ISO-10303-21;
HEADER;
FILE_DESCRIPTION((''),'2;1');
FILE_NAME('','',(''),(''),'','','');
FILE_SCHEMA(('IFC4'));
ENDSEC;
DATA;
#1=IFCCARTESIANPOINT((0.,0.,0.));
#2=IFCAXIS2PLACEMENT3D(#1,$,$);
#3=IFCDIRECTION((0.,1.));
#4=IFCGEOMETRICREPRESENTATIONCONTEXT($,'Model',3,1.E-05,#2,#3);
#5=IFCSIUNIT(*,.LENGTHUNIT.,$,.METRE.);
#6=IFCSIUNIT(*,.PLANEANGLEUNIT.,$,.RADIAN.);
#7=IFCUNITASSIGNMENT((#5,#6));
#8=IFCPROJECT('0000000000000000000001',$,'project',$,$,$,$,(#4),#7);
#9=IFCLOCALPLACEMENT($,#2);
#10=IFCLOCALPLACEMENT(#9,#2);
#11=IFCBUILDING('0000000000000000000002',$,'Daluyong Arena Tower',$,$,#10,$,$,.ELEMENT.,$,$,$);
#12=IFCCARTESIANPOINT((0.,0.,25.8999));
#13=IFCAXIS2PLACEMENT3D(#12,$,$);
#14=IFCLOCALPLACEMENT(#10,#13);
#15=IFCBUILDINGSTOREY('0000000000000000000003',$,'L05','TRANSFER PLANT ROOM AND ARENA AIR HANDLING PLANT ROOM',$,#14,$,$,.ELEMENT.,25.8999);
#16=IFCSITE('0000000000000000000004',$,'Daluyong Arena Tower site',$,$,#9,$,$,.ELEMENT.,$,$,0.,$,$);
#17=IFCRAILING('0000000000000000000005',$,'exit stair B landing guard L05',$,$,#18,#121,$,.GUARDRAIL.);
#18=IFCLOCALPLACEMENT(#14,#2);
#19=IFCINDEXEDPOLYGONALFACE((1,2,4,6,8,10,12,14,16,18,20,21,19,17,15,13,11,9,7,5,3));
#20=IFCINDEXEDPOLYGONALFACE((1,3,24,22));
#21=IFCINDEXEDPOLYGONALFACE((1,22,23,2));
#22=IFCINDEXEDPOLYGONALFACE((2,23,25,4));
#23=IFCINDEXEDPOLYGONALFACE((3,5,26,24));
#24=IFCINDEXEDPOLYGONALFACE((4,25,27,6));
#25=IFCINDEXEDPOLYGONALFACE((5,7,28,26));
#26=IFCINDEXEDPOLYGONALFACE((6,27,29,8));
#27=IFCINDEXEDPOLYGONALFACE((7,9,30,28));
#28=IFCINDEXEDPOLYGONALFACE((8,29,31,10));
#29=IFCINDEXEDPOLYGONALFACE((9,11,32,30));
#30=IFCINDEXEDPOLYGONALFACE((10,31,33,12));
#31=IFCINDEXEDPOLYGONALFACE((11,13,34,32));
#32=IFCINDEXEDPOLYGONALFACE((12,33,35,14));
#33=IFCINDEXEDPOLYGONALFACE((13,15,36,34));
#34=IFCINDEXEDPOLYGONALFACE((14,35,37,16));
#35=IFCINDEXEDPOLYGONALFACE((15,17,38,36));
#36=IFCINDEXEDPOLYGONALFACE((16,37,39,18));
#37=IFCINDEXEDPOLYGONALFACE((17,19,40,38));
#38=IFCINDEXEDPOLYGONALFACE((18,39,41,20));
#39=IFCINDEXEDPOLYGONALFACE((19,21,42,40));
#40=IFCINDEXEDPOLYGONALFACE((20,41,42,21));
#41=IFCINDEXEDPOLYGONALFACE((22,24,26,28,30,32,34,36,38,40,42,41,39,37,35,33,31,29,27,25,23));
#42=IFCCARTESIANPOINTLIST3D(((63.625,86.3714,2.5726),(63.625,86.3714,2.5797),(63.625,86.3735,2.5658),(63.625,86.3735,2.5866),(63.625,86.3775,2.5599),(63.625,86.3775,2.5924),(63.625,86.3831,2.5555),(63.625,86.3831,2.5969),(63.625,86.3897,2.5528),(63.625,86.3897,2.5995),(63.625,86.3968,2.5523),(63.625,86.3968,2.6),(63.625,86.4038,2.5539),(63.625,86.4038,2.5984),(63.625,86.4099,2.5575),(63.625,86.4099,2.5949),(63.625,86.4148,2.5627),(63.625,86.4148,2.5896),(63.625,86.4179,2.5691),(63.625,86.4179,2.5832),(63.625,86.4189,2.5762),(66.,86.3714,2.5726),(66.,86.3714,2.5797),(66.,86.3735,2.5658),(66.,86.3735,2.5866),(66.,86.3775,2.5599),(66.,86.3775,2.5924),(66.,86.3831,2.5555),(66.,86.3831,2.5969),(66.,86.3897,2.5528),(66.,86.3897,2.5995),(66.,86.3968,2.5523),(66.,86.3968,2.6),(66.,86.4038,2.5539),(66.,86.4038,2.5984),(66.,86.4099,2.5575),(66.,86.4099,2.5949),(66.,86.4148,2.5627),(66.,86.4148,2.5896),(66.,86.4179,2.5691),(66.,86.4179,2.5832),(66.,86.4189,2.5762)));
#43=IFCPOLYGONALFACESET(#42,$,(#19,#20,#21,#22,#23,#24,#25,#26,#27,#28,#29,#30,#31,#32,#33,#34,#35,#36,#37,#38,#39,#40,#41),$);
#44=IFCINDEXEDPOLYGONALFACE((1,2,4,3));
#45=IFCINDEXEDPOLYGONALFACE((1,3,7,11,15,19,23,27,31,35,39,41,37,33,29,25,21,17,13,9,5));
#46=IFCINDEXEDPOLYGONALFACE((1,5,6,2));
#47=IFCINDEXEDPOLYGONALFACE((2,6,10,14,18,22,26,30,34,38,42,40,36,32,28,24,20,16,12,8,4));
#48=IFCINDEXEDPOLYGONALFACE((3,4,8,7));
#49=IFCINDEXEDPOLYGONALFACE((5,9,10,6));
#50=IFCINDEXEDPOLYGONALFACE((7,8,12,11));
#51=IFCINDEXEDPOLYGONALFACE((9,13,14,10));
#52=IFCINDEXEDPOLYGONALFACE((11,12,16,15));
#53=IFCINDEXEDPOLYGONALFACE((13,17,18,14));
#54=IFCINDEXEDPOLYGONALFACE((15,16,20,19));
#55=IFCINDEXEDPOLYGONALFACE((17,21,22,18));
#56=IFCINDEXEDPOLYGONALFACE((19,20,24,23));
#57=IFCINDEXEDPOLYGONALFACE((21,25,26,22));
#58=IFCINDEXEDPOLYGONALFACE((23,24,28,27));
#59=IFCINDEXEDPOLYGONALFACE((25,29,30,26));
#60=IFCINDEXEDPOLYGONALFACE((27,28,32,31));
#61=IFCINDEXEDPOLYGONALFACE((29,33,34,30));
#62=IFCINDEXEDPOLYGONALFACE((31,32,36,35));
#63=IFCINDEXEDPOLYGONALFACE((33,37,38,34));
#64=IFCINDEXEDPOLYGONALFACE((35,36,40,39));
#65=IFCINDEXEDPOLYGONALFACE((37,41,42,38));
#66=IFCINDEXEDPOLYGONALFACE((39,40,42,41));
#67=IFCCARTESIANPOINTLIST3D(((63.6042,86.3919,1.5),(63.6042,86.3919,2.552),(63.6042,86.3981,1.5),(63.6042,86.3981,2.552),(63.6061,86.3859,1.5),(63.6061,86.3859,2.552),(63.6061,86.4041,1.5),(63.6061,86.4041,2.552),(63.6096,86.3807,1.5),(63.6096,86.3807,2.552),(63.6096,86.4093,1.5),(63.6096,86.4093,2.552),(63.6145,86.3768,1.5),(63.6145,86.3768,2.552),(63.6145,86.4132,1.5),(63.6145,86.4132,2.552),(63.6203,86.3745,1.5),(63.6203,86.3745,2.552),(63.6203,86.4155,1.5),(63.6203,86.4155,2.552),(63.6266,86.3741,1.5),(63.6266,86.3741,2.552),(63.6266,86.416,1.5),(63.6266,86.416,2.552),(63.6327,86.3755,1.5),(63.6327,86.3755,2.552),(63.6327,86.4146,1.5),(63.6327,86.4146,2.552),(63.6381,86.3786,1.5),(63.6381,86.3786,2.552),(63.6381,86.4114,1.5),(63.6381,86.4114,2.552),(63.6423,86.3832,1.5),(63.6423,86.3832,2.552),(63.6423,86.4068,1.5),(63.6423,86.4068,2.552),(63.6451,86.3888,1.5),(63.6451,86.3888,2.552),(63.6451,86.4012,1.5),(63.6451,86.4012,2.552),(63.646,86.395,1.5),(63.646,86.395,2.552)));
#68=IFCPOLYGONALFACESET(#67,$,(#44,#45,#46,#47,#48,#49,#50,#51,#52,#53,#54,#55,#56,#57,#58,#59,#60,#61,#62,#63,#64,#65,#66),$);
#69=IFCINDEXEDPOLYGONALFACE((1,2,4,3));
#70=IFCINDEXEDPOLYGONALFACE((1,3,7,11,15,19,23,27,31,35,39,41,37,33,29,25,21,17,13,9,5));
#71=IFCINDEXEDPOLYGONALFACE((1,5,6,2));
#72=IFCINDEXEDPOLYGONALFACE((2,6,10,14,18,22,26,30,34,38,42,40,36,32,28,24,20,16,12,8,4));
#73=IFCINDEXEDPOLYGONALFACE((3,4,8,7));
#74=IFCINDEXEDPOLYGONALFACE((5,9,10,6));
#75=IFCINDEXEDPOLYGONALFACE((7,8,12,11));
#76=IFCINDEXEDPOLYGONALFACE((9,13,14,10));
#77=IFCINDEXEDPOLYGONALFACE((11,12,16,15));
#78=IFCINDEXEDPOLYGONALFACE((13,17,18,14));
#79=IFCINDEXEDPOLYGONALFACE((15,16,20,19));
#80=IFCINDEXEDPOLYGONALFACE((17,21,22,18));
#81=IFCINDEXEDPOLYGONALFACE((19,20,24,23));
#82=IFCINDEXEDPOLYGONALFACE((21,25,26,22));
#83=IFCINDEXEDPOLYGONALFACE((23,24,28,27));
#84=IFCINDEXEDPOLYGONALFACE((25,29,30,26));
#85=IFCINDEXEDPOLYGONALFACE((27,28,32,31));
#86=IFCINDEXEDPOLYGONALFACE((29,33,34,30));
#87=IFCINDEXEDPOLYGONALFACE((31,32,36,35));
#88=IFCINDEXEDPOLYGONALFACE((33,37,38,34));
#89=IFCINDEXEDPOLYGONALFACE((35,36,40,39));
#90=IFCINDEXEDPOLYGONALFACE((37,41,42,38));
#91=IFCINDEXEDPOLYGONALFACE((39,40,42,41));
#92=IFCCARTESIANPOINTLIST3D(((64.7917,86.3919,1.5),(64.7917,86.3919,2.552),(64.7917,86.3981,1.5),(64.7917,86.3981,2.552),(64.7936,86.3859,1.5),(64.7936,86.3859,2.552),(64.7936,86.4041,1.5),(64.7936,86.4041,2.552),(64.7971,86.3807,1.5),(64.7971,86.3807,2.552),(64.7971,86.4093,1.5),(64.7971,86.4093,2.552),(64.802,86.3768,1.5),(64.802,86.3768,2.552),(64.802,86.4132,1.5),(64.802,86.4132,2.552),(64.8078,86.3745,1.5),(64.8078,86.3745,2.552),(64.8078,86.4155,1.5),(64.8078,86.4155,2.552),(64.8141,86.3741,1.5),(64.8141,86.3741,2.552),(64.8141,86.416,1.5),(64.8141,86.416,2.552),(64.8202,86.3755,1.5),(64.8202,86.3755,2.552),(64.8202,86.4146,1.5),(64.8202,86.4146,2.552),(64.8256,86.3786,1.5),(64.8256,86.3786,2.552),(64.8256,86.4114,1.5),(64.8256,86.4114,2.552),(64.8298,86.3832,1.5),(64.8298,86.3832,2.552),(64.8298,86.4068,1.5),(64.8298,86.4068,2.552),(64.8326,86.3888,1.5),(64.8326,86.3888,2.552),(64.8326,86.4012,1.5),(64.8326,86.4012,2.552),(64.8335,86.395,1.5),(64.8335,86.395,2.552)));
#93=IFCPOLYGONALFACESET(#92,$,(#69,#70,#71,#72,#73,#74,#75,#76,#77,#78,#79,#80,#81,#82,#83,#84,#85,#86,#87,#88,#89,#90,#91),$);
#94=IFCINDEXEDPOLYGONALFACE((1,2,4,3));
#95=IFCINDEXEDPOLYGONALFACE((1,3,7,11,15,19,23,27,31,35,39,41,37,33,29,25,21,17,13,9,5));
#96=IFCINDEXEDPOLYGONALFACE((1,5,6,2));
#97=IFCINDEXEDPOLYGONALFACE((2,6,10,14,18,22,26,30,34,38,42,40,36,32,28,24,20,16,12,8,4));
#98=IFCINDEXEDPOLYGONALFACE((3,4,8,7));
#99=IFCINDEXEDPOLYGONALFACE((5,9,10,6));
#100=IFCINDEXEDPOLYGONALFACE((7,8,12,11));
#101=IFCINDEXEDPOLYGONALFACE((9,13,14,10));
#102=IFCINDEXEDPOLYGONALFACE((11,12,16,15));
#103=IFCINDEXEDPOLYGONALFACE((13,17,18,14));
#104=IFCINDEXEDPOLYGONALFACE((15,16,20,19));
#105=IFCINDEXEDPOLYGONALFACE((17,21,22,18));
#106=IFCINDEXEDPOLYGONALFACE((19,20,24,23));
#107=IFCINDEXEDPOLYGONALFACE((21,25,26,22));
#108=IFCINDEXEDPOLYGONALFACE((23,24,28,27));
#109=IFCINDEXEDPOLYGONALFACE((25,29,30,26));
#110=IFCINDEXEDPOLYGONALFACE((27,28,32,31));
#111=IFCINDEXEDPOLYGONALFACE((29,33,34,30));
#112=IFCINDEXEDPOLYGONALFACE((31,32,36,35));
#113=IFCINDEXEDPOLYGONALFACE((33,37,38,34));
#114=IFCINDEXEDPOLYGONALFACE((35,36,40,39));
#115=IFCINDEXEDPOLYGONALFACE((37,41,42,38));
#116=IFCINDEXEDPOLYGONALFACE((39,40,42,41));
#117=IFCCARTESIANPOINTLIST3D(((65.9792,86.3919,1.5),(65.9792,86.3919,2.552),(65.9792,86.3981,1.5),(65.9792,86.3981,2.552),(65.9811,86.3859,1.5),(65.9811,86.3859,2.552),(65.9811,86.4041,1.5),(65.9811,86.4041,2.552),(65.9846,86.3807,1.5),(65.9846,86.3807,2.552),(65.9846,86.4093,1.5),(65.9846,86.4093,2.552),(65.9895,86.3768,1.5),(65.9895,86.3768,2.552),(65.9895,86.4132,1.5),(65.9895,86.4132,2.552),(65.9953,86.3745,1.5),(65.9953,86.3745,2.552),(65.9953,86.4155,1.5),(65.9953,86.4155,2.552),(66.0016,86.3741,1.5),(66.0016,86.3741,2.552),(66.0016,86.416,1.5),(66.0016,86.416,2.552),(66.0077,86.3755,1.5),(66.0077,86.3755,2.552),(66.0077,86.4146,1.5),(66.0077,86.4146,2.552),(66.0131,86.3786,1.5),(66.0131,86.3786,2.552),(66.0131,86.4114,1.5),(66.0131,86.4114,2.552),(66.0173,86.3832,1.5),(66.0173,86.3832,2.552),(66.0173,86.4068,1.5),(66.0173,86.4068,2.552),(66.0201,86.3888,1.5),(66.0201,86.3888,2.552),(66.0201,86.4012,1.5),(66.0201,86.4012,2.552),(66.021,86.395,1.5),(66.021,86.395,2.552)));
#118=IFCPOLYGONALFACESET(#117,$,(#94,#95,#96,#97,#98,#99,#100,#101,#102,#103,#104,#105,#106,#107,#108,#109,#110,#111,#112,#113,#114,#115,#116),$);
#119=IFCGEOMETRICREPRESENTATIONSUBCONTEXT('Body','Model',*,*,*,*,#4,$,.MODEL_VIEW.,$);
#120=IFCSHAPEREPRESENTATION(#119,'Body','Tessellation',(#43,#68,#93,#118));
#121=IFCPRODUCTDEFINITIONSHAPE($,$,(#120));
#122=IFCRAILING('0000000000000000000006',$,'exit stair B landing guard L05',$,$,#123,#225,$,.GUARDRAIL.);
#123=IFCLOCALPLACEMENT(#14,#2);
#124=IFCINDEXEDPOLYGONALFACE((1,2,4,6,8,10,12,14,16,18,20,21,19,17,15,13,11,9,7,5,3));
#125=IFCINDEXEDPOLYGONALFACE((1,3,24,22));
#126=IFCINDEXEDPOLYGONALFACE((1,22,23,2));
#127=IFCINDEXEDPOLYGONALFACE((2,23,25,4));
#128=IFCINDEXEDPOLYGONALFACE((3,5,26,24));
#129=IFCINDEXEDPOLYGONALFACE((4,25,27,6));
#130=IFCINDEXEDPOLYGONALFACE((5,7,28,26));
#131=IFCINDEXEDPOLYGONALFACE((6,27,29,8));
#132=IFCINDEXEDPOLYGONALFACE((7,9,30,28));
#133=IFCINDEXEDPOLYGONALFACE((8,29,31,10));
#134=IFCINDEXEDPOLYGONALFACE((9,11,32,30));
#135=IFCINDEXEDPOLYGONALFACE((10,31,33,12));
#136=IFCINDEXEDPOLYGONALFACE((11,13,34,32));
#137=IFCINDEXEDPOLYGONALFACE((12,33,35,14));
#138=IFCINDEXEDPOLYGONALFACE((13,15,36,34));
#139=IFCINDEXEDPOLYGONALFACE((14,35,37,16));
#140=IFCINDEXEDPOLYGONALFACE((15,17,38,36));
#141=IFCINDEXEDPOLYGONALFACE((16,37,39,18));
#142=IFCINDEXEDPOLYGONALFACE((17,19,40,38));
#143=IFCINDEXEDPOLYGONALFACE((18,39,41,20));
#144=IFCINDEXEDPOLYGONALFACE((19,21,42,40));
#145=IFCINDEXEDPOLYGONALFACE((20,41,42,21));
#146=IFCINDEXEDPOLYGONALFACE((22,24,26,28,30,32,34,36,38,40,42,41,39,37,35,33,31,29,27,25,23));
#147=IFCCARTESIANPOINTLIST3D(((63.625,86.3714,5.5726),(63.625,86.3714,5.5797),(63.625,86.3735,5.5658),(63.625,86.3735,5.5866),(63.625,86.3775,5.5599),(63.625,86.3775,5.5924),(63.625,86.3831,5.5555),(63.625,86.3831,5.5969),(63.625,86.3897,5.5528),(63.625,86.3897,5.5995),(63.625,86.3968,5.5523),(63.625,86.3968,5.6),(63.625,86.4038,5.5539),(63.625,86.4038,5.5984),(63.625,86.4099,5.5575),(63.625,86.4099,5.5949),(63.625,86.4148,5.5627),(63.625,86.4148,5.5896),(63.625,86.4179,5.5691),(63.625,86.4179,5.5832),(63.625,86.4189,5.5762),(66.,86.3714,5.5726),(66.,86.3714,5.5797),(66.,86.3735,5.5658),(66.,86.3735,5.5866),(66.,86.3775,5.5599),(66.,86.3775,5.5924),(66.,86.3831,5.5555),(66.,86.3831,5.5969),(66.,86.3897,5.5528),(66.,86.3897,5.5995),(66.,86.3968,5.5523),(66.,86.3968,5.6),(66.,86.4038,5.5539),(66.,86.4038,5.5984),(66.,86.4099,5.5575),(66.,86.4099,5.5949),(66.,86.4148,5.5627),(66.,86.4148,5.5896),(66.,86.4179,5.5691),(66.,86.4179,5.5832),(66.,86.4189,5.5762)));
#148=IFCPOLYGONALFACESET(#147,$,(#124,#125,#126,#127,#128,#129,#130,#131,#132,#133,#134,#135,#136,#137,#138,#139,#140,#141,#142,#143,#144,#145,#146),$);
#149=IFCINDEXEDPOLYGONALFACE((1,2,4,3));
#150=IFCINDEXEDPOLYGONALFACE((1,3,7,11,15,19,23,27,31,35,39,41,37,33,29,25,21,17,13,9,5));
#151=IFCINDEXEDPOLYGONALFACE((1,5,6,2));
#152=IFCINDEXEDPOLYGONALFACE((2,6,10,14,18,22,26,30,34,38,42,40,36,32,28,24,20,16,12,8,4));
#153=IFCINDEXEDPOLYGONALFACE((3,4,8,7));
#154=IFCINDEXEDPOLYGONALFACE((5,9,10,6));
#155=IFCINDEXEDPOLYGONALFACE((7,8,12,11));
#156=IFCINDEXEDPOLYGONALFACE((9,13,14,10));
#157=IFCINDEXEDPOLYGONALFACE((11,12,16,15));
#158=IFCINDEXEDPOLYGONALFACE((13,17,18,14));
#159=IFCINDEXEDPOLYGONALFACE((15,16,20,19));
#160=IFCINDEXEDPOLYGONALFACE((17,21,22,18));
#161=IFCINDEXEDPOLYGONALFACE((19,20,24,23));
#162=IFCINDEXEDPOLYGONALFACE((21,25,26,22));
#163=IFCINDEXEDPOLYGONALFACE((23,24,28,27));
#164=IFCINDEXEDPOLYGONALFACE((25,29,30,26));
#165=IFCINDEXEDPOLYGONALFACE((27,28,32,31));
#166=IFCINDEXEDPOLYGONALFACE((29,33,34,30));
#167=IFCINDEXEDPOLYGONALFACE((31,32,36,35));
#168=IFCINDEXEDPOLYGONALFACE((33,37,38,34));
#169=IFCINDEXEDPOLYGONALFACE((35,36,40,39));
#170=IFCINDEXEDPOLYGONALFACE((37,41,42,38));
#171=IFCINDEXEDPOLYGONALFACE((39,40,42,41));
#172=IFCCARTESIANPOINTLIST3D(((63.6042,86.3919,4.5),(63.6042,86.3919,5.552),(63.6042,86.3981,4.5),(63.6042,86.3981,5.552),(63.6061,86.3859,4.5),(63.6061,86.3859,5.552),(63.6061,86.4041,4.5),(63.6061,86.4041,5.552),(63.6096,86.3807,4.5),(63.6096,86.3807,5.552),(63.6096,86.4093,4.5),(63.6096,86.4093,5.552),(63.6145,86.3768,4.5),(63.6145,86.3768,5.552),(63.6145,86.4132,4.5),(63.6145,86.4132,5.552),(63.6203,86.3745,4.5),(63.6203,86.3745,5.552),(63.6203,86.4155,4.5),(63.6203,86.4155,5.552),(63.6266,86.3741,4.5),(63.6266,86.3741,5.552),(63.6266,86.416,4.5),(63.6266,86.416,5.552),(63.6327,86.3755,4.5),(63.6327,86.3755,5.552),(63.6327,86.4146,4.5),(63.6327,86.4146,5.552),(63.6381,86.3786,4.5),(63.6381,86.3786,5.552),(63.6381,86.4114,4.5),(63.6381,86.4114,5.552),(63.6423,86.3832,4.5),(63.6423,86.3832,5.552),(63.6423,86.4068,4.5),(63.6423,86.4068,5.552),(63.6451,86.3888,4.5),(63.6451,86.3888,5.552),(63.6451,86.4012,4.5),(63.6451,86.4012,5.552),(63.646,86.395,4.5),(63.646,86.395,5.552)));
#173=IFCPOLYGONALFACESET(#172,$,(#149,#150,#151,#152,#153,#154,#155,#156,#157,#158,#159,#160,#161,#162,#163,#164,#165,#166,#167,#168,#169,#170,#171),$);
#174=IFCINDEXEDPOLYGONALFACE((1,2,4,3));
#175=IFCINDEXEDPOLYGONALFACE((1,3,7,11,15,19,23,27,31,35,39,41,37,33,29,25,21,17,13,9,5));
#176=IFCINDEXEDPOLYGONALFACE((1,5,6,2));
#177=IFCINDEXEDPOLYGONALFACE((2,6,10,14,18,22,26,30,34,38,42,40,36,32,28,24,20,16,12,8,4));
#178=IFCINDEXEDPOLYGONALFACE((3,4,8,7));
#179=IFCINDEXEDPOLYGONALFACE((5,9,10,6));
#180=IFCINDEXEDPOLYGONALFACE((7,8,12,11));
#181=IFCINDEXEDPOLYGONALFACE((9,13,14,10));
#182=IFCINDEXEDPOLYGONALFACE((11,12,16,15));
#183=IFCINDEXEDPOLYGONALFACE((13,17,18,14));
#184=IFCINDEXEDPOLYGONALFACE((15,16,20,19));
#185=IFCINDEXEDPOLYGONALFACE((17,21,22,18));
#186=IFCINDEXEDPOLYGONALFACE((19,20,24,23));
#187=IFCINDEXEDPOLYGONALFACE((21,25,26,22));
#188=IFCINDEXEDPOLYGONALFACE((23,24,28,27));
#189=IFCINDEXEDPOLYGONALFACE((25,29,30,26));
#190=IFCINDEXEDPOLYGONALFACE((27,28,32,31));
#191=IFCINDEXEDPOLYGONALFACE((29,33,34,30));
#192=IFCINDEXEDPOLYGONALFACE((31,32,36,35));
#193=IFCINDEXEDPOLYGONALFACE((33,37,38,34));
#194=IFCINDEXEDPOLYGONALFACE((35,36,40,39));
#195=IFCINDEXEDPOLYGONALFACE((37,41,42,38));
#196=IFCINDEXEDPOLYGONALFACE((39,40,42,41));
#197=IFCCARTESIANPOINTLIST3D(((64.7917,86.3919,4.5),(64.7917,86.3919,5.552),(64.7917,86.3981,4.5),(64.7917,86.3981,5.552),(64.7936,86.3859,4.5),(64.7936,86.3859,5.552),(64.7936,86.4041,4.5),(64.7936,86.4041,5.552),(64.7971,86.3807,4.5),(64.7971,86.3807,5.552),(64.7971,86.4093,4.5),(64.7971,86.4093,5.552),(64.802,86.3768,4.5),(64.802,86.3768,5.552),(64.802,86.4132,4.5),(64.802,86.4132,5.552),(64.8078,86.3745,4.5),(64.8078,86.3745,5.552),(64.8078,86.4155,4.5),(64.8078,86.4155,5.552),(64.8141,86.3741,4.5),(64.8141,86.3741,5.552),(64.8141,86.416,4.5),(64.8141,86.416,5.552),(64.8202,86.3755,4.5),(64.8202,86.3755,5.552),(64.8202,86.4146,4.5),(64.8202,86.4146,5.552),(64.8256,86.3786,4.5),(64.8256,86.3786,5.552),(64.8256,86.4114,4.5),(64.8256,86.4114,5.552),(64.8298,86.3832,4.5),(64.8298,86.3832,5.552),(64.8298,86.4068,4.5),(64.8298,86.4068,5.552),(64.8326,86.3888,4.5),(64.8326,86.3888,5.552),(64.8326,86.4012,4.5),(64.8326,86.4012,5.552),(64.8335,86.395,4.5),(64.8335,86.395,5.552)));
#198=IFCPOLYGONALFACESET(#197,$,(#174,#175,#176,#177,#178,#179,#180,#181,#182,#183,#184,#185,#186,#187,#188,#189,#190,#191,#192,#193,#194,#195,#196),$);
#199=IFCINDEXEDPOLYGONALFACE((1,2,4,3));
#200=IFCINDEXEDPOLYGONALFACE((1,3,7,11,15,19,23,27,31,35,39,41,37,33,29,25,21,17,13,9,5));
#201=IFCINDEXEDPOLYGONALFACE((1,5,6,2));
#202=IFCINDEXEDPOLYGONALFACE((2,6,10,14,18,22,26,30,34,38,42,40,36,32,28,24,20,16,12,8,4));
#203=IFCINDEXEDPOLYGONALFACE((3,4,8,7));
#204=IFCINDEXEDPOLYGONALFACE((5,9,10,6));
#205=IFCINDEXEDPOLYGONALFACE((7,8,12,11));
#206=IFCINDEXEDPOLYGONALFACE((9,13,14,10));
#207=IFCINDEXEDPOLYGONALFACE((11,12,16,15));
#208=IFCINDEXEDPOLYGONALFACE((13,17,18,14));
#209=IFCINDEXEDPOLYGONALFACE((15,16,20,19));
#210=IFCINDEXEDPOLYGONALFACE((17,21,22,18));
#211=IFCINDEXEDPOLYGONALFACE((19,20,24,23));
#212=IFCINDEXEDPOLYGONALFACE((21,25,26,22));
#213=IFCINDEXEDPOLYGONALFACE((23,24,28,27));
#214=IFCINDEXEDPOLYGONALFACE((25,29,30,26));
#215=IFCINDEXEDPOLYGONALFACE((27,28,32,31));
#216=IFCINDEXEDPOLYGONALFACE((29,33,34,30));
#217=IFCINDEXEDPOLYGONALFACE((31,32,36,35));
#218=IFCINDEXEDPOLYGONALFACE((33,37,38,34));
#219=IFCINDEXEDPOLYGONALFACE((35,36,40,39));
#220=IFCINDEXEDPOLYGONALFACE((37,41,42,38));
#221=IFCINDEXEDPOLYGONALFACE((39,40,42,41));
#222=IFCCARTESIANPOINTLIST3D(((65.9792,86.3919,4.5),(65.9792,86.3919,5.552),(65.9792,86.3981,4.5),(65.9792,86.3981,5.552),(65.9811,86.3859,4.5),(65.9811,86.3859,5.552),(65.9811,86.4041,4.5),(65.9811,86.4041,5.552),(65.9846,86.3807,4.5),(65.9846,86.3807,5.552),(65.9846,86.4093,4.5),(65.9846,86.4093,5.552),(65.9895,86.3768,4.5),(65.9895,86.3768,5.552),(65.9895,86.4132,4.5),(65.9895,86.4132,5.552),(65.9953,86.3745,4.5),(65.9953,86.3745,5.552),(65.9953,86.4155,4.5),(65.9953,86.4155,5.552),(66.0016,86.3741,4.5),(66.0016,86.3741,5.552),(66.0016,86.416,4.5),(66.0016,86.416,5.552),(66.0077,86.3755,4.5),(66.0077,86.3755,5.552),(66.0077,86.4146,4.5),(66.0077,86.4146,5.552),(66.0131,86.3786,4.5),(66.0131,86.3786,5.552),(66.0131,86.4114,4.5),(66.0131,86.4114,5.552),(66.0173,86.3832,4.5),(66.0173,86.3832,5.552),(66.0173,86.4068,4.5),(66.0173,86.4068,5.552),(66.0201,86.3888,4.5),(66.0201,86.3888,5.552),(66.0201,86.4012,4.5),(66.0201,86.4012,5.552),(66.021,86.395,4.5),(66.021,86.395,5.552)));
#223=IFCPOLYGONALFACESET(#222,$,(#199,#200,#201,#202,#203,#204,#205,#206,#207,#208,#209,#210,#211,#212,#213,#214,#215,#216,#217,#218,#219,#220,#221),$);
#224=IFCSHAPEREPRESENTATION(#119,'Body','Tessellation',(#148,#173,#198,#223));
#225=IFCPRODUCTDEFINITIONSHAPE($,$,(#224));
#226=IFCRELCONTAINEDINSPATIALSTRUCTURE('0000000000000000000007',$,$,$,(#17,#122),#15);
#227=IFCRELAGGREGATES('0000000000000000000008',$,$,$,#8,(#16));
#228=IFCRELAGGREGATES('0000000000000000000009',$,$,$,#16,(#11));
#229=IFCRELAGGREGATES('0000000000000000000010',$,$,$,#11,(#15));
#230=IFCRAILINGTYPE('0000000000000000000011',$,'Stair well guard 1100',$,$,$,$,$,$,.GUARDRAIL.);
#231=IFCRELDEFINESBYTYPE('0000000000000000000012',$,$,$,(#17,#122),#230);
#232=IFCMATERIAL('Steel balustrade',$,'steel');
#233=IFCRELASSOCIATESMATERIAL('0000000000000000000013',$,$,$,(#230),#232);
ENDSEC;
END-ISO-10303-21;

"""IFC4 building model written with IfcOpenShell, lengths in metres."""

from ifc_helpers import new_model, si_unit, direction, frame, origin, origin_2d, place, context, subcontext, project, spatial, circle, extrude, material, type_object, element, save


model = new_model("IFC4")

# Units and contexts
model_context = context("Model", 3, precision=1e-05, world=origin(), true_north=direction((0.0, 1.0)))
body_context = subcontext(model_context, "Body", "Model", "MODEL_VIEW")
ifc_project = project(units=[si_unit("LENGTHUNIT", "METRE"), si_unit("PLANEANGLEUNIT", "RADIAN")], contexts=[model_context])

# Site, building, storey
site_placement = place(None, origin())
site = spatial("IfcSite", under=ifc_project, at=site_placement, Name="Daluyong Arena Tower site", CompositionType="ELEMENT", RefElevation=0.0)
building_placement = place(site_placement, origin())
building = spatial("IfcBuilding", under=site, at=building_placement, Name="Daluyong Arena Tower", CompositionType="ELEMENT")
storey_placement = place(building_placement, frame((0.0, 0.0, 25.8999)))
storey = spatial("IfcBuildingStorey", under=building, at=storey_placement, Name="L05", Description="TRANSFER PLANT ROOM AND ARENA AIR HANDLING PLANT ROOM", CompositionType="ELEMENT", Elevation=25.8999)

# Railings
ifc_material_1 = material(Name="Steel balustrade", Category="steel")
railing_type_1 = type_object("IfcRailingType", Name="Stair well guard 1100", PredefinedType="GUARDRAIL", material=ifc_material_1)
for number, where, name in (
    (1, (63.625, 86.395, 1.5), "exit stair B landing guard L05"),
    (2, (63.625, 86.395, 4.5), "exit stair B landing guard L05"),
):
    element("IfcRailing", number, at=place(storey_placement, frame(where)), inside=storey, type_object=railing_type_1, Name=name, PredefinedType="GUARDRAIL", context=body_context, shape_type="SweptSolid", body=[
        extrude(circle(Radius=0.0239, at=origin_2d()), frame((0.0, 0.0, 1.0762), z_axis=(1.0, 0.0, 0.0), x_axis=(0.0, 1.0, 0.0)), (0.0, 0.0, 1.0), 2.375),
        extrude(circle(Radius=0.021, at=origin_2d()), origin(), (0.0, 0.0, 1.0), 1.052),
        extrude(circle(Radius=0.021, at=origin_2d()), frame((1.1875, 0.0, 0.0)), (0.0, 0.0, 1.0), 1.052),
        extrude(circle(Radius=0.021, at=origin_2d()), frame((2.375, 0.0, 0.0)), (0.0, 0.0, 1.0), 1.052),
    ])

save(model, "model.ifc")
